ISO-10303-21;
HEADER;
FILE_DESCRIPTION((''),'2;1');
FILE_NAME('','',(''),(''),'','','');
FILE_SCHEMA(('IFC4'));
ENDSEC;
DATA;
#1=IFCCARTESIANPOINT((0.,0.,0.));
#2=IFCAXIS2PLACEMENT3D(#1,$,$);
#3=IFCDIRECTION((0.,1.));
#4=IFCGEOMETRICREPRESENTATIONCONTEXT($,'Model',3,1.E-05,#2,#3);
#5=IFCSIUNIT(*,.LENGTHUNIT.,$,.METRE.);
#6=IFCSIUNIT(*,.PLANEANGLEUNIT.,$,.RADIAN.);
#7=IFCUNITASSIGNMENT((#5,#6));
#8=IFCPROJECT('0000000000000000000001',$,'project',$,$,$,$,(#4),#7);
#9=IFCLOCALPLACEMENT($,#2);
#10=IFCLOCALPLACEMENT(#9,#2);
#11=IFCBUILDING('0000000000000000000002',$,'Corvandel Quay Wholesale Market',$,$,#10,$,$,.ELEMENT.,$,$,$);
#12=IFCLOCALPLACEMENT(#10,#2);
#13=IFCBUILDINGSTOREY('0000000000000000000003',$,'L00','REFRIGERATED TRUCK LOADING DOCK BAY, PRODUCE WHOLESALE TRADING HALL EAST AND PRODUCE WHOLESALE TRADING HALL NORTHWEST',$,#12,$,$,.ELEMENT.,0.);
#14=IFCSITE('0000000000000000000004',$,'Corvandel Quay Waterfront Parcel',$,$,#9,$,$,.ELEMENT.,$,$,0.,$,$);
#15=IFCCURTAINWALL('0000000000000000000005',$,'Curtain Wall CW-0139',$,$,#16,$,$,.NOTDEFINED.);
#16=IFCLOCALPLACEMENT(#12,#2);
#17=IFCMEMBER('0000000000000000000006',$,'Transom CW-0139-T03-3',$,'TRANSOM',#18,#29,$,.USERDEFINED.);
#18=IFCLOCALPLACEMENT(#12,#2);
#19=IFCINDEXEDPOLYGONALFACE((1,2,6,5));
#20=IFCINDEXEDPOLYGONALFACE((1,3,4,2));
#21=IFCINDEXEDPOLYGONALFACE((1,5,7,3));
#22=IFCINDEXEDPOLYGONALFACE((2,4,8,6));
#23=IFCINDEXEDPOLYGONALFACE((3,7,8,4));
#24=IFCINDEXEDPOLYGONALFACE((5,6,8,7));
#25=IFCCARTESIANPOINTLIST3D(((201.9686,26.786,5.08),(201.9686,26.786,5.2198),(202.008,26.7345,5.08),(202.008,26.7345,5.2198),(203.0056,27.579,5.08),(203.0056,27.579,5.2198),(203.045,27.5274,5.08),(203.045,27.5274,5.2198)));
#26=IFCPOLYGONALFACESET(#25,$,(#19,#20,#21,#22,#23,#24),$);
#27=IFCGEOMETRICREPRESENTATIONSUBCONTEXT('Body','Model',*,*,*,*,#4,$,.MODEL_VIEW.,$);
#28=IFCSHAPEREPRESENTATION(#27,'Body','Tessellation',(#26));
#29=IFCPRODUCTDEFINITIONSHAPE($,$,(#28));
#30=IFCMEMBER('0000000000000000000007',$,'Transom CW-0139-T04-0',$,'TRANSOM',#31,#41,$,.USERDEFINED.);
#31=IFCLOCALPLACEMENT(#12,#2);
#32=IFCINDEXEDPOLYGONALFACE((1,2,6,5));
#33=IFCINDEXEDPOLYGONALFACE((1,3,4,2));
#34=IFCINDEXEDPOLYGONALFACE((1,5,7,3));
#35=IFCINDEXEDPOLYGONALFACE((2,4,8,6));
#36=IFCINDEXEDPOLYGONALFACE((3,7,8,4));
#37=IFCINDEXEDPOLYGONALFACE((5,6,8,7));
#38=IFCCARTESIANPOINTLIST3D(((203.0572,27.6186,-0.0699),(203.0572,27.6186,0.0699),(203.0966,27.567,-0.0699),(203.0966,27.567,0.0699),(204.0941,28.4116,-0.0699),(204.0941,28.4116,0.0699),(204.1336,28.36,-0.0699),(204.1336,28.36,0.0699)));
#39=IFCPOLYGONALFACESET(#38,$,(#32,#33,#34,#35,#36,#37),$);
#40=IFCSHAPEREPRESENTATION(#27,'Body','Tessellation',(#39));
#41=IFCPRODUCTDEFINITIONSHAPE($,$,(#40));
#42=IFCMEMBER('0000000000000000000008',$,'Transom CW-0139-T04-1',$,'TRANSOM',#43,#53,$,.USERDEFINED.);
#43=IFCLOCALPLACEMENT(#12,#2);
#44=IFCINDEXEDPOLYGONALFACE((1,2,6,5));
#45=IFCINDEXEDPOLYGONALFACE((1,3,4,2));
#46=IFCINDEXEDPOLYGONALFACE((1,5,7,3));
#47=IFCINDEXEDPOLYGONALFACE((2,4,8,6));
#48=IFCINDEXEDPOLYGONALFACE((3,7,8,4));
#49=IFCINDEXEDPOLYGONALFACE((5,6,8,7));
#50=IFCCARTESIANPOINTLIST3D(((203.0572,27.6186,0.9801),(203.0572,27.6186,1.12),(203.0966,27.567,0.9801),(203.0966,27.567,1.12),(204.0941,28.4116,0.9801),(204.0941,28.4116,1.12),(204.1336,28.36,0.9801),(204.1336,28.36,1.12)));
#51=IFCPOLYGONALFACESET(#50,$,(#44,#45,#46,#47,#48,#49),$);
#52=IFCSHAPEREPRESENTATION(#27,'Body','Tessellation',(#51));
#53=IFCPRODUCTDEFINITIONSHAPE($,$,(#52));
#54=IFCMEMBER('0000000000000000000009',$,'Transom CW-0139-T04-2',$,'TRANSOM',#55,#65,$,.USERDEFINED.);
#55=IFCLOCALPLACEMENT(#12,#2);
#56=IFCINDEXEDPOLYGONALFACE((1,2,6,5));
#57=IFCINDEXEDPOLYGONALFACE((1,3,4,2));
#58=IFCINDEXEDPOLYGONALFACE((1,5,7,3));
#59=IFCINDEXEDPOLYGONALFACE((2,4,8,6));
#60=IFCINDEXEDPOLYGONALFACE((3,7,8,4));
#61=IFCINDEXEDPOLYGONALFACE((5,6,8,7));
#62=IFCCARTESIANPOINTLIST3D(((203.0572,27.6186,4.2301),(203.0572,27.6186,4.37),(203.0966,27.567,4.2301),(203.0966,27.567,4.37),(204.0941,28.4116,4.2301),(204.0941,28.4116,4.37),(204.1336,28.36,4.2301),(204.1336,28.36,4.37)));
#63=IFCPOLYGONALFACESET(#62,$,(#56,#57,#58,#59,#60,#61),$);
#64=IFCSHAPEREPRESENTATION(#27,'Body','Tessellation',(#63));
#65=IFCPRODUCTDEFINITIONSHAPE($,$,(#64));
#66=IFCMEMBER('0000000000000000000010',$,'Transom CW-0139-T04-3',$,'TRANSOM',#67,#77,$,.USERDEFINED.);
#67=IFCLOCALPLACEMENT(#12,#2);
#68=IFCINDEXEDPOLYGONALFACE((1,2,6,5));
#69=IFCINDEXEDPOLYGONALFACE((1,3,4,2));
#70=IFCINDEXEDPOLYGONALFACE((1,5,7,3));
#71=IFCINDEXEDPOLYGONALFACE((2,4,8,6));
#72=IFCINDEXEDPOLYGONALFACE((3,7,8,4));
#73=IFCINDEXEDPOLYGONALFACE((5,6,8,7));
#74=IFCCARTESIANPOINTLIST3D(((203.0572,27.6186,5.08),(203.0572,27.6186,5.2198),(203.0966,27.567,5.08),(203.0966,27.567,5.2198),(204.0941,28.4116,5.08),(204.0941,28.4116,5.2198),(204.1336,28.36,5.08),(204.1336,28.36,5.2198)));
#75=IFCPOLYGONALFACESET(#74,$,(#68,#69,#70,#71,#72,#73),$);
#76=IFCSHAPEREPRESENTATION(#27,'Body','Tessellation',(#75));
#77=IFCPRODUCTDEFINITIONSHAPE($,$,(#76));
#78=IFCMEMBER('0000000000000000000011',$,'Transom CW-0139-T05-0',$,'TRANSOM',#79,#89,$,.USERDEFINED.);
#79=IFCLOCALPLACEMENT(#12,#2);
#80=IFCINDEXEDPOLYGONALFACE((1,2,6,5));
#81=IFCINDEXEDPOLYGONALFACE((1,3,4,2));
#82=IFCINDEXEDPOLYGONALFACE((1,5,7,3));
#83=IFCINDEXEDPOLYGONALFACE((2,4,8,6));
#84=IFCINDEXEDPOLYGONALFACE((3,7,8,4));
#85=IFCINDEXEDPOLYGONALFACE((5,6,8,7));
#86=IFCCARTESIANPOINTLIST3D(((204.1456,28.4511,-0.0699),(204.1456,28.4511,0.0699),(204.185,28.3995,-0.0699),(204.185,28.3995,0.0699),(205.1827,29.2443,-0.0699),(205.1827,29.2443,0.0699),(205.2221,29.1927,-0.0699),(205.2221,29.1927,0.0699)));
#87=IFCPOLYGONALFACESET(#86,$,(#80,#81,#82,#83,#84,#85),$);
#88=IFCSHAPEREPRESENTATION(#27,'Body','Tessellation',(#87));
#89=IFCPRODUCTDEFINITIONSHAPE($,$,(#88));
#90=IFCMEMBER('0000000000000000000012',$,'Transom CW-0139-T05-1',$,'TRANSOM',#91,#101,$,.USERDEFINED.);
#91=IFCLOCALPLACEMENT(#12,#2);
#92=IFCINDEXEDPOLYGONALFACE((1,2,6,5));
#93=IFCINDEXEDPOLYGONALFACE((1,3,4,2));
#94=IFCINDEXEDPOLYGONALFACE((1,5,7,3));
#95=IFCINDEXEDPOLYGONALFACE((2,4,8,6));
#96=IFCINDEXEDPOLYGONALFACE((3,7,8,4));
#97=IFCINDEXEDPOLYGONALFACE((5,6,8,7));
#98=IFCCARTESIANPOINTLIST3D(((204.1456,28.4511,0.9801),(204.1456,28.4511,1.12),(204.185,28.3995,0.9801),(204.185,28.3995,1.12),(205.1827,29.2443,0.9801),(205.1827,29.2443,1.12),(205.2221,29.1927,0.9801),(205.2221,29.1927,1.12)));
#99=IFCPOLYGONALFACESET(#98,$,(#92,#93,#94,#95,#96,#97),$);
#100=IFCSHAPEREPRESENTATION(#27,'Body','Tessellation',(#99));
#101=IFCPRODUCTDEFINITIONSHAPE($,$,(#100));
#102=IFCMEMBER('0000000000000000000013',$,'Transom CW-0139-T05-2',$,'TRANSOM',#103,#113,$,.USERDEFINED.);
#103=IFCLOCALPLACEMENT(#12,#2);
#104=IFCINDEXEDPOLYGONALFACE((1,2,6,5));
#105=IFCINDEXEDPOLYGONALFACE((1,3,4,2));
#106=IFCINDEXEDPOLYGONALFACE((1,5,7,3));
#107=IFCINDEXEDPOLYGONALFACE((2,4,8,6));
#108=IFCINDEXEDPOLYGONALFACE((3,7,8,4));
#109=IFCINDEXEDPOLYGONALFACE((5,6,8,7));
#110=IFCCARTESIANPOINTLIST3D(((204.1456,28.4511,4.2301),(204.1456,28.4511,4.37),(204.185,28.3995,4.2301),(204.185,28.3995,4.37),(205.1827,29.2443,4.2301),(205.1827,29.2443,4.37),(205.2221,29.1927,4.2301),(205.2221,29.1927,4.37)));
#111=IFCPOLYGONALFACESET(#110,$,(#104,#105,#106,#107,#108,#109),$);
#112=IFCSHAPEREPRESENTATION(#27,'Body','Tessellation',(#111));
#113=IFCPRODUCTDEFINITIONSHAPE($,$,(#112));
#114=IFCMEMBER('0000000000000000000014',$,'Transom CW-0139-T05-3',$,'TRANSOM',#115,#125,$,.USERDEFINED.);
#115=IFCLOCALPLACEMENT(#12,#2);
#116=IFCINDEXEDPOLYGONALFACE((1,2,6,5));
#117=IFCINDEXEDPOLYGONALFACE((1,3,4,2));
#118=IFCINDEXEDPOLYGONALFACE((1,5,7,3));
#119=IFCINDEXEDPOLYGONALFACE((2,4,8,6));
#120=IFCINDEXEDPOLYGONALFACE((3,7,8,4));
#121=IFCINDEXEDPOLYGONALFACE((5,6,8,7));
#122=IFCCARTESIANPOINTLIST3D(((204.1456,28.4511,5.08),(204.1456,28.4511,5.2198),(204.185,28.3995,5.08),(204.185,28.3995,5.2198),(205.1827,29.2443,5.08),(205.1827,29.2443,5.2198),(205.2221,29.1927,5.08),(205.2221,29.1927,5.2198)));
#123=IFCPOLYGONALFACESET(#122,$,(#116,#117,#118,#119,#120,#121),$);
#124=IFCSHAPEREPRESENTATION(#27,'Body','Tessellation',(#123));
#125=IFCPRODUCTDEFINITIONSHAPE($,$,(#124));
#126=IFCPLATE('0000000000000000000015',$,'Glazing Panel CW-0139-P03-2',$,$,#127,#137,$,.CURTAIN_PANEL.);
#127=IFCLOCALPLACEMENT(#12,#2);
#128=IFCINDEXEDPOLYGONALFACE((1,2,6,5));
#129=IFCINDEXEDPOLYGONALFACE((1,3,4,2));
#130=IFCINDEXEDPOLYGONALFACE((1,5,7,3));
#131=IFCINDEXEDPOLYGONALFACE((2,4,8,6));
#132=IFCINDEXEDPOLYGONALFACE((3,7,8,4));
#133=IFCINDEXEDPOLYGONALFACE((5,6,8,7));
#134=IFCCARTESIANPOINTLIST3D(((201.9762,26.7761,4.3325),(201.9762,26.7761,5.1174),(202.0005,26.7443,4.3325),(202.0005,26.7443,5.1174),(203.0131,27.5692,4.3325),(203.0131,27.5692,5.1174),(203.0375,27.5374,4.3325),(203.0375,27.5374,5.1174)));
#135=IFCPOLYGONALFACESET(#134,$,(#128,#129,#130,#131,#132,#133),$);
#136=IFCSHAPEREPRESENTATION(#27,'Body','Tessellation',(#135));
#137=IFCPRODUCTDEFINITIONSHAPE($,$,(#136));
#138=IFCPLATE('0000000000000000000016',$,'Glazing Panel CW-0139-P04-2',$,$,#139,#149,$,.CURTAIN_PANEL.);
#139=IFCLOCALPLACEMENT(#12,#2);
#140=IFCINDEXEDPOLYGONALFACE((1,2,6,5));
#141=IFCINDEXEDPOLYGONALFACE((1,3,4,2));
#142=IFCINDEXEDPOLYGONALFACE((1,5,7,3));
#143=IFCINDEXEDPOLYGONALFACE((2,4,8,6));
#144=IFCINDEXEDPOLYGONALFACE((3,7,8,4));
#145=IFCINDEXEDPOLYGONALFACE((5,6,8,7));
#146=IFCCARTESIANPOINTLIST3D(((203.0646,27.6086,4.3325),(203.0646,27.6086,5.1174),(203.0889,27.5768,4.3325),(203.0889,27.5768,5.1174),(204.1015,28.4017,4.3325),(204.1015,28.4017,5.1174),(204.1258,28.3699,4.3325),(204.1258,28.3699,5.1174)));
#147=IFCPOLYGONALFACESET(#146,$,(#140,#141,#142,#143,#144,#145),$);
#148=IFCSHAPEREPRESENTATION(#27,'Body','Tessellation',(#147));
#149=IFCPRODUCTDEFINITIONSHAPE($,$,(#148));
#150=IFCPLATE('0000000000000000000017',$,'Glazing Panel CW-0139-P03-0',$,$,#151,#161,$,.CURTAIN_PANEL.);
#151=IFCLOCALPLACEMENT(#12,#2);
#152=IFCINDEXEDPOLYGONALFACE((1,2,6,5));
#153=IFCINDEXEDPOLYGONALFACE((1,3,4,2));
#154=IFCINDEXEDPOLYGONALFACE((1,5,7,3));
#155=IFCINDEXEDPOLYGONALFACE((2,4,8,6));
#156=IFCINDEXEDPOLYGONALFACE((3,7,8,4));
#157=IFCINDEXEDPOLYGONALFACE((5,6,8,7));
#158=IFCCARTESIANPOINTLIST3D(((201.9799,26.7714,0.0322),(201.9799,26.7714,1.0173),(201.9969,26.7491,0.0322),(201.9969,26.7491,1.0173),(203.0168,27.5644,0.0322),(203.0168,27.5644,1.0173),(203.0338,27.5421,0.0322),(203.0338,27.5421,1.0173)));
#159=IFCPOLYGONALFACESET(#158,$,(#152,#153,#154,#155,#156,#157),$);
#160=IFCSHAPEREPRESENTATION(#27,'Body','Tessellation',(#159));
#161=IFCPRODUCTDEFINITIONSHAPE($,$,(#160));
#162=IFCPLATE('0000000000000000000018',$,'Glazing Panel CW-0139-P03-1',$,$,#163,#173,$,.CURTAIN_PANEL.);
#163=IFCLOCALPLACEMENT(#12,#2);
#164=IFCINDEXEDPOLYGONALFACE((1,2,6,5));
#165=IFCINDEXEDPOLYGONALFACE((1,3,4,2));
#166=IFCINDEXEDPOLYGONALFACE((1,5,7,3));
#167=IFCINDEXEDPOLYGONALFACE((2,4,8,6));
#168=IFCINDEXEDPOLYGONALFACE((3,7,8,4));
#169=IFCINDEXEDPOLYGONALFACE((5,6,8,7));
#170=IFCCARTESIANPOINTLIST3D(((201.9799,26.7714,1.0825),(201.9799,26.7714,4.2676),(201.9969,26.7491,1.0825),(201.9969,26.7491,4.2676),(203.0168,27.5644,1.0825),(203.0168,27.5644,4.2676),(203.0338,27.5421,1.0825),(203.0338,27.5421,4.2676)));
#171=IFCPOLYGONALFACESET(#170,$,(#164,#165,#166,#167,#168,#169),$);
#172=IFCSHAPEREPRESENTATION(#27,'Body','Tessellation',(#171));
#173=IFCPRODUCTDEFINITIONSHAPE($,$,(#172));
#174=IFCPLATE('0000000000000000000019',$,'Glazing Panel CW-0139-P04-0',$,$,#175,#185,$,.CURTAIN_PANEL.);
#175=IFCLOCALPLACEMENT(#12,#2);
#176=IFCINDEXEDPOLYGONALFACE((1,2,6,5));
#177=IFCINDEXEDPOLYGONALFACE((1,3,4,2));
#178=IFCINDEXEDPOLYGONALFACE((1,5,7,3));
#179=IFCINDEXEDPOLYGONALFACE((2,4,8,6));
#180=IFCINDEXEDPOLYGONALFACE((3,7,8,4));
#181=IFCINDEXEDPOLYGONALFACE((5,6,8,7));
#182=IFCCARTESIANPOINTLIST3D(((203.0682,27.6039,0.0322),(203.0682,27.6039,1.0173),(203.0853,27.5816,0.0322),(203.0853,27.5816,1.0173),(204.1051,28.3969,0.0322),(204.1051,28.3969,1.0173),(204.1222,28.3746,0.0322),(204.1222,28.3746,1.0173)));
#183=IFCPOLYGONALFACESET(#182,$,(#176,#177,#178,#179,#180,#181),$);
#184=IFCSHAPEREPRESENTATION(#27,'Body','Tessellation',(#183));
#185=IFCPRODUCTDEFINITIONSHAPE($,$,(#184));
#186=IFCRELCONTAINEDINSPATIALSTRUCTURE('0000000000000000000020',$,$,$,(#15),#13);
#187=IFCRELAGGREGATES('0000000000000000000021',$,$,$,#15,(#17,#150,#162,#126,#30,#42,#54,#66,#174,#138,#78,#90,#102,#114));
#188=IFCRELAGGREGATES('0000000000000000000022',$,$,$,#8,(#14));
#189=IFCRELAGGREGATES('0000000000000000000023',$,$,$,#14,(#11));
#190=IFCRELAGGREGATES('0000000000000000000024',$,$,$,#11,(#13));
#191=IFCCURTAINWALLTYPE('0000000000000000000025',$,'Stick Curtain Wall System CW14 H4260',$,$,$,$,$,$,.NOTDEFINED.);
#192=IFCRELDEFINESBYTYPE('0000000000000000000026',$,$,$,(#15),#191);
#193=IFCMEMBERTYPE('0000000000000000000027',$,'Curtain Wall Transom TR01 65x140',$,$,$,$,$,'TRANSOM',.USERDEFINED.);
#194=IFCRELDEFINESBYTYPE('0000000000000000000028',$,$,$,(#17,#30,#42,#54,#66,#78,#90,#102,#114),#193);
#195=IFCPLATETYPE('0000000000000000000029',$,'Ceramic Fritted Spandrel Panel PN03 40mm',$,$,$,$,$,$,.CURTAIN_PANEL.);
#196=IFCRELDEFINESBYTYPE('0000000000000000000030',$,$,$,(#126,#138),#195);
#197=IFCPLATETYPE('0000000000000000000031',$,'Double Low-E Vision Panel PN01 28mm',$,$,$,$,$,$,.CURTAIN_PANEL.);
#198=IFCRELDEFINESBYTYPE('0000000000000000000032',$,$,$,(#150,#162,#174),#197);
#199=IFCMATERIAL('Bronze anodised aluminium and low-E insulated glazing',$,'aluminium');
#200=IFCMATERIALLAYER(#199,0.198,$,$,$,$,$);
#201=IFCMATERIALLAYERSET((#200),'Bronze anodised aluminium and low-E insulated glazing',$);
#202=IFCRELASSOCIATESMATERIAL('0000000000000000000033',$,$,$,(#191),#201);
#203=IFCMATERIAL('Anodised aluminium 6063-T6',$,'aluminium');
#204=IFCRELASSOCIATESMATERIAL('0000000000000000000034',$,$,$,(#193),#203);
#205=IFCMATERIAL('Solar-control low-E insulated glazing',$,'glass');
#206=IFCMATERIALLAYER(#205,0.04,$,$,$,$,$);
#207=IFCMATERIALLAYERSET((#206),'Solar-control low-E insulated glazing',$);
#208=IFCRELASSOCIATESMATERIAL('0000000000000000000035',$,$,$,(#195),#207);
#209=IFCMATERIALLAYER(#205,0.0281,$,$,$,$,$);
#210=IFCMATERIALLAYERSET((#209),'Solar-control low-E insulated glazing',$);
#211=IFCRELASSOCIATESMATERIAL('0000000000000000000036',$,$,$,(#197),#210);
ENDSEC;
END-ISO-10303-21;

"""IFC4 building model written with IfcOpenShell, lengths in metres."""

from ifc_helpers import new_model, si_unit, direction, frame, origin, origin_2d, place, context, subcontext, project, spatial, rectangle, extrude, material, layer, layer_set, material_profile, profile_set, type_object, element, aggregate, save


model = new_model("IFC4")

# Units and contexts
model_context = context("Model", 3, precision=1e-05, world=origin(), true_north=direction((0.0, 1.0)))
body_context = subcontext(model_context, "Body", "Model", "MODEL_VIEW")
ifc_project = project(units=[si_unit("LENGTHUNIT", "METRE"), si_unit("PLANEANGLEUNIT", "RADIAN")], contexts=[model_context])

# Site, building, storey
site_placement = place(None, origin())
site = spatial("IfcSite", under=ifc_project, at=site_placement, Name="Corvandel Quay Waterfront Parcel", CompositionType="ELEMENT", RefElevation=0.0)
building_placement = place(site_placement, origin())
building = spatial("IfcBuilding", under=site, at=building_placement, Name="Corvandel Quay Wholesale Market", CompositionType="ELEMENT")
storey_placement = place(building_placement, origin())
storey = spatial("IfcBuildingStorey", under=building, at=storey_placement, Name="L00", Description="REFRIGERATED TRUCK LOADING DOCK BAY, PRODUCE WHOLESALE TRADING HALL EAST AND PRODUCE WHOLESALE TRADING HALL NORTHWEST", CompositionType="ELEMENT", Elevation=0.0)

# Curtain wall, members, plates
ifc_material_1 = material(Name="Bronze anodised aluminium and low-E insulated glazing", Category="aluminium")
ifc_layer_1 = layer(ifc_material_1, 0.198)
ifc_layer_set_1 = layer_set([ifc_layer_1], Name="Bronze anodised aluminium and low-E insulated glazing")
curtain_wall_type = type_object("IfcCurtainWallType", Name="Stick Curtain Wall System CW14 H4260", PredefinedType="NOTDEFINED", material=ifc_layer_set_1)
curtain_wall_placement = place(storey_placement, origin())
curtain_wall = element("IfcCurtainWall", 1, at=curtain_wall_placement, inside=storey, type_object=curtain_wall_type, Name="Curtain Wall CW-0139", PredefinedType="NOTDEFINED")
ifc_material_2 = material(Name="Anodised aluminium 6063-T6", Category="aluminium")
ifc_material_profile_1 = material_profile(ifc_material_2, rectangle(XDim=0.0649, YDim=0.1399, at=origin_2d()), Name="ALU-TRN-65x140")
ifc_profile_set_1 = profile_set([ifc_material_profile_1], Name="Anodised aluminium 6063-T6")
member_type_1 = type_object("IfcMemberType", Name="Curtain Wall Transom TR01 65x140", ElementType="TRANSOM", PredefinedType="USERDEFINED", material=ifc_profile_set_1)
member_1_placement = place(storey_placement, frame((201.9883, 26.7603, 5.1499), z_axis=(0.7944, 0.607395, 0.0), x_axis=(-0.607395, 0.7944, 0.0)))
member_1 = element("IfcMember", 2, at=member_1_placement, type_object=member_type_1, Name="Transom CW-0139-T03-3", ObjectType="TRANSOM", PredefinedType="USERDEFINED", context=body_context, shape_type="SweptSolid", body=[
    extrude(rectangle(XDim=0.0649, YDim=0.1399, at=origin_2d()), origin(), (0.0, 0.0, 1.0), 1.3054),
])
member_2_placement = place(storey_placement, frame((203.0769, 27.5928, 0.0), z_axis=(0.794331, 0.607485, 0.0), x_axis=(-0.607485, 0.794331, 0.0)))
member_2 = element("IfcMember", 3, at=member_2_placement, type_object=member_type_1, Name="Transom CW-0139-T04-0", ObjectType="TRANSOM", PredefinedType="USERDEFINED", context=body_context, shape_type="SweptSolid", body=[
    extrude(rectangle(XDim=0.0649, YDim=0.1399, at=origin_2d()), origin(), (0.0, 0.0, 1.0), 1.3054),
])
member_3_placement = place(storey_placement, frame((203.0769, 27.5928, 1.05), z_axis=(0.794331, 0.607485, 0.0), x_axis=(-0.607485, 0.794331, 0.0)))
member_3 = element("IfcMember", 4, at=member_3_placement, type_object=member_type_1, Name="Transom CW-0139-T04-1", ObjectType="TRANSOM", PredefinedType="USERDEFINED", context=body_context, shape_type="SweptSolid", body=[
    extrude(rectangle(XDim=0.0649, YDim=0.1399, at=origin_2d()), origin(), (0.0, 0.0, 1.0), 1.3054),
])
member_4_placement = place(storey_placement, frame((203.0769, 27.5928, 4.3), z_axis=(0.794331, 0.607485, 0.0), x_axis=(-0.607485, 0.794331, 0.0)))
member_4 = element("IfcMember", 5, at=member_4_placement, type_object=member_type_1, Name="Transom CW-0139-T04-2", ObjectType="TRANSOM", PredefinedType="USERDEFINED", context=body_context, shape_type="SweptSolid", body=[
    extrude(rectangle(XDim=0.0649, YDim=0.1399, at=origin_2d()), origin(), (0.0, 0.0, 1.0), 1.3054),
])
member_5_placement = place(storey_placement, frame((203.0769, 27.5928, 5.1499), z_axis=(0.794331, 0.607485, 0.0), x_axis=(-0.607485, 0.794331, 0.0)))
member_5 = element("IfcMember", 6, at=member_5_placement, type_object=member_type_1, Name="Transom CW-0139-T04-3", ObjectType="TRANSOM", PredefinedType="USERDEFINED", context=body_context, shape_type="SweptSolid", body=[
    extrude(rectangle(XDim=0.0649, YDim=0.1399, at=origin_2d()), origin(), (0.0, 0.0, 1.0), 1.3054),
])
member_6_placement = place(storey_placement, frame((204.1653, 28.4253, 0.0), z_axis=(0.79431, 0.607513, 0.0), x_axis=(-0.607513, 0.79431, 0.0)))
member_6 = element("IfcMember", 7, at=member_6_placement, type_object=member_type_1, Name="Transom CW-0139-T05-0", ObjectType="TRANSOM", PredefinedType="USERDEFINED", context=body_context, shape_type="SweptSolid", body=[
    extrude(rectangle(XDim=0.0649, YDim=0.1399, at=origin_2d()), origin(), (0.0, 0.0, 1.0), 1.3057),
])
member_7_placement = place(storey_placement, frame((204.1653, 28.4253, 1.05), z_axis=(0.79431, 0.607513, 0.0), x_axis=(-0.607513, 0.79431, 0.0)))
member_7 = element("IfcMember", 8, at=member_7_placement, type_object=member_type_1, Name="Transom CW-0139-T05-1", ObjectType="TRANSOM", PredefinedType="USERDEFINED", context=body_context, shape_type="SweptSolid", body=[
    extrude(rectangle(XDim=0.0649, YDim=0.1399, at=origin_2d()), origin(), (0.0, 0.0, 1.0), 1.3057),
])
member_8_placement = place(storey_placement, frame((204.1653, 28.4253, 4.3), z_axis=(0.79431, 0.607513, 0.0), x_axis=(-0.607513, 0.79431, 0.0)))
member_8 = element("IfcMember", 9, at=member_8_placement, type_object=member_type_1, Name="Transom CW-0139-T05-2", ObjectType="TRANSOM", PredefinedType="USERDEFINED", context=body_context, shape_type="SweptSolid", body=[
    extrude(rectangle(XDim=0.0649, YDim=0.1399, at=origin_2d()), origin(), (0.0, 0.0, 1.0), 1.3057),
])
member_9_placement = place(storey_placement, frame((204.1653, 28.4253, 5.1499), z_axis=(0.79431, 0.607513, 0.0), x_axis=(-0.607513, 0.79431, 0.0)))
member_9 = element("IfcMember", 10, at=member_9_placement, type_object=member_type_1, Name="Transom CW-0139-T05-3", ObjectType="TRANSOM", PredefinedType="USERDEFINED", context=body_context, shape_type="SweptSolid", body=[
    extrude(rectangle(XDim=0.0649, YDim=0.1399, at=origin_2d()), origin(), (0.0, 0.0, 1.0), 1.3057),
])
ifc_material_3 = material(Name="Solar-control low-E insulated glazing", Category="glass")
ifc_layer_2 = layer(ifc_material_3, 0.04)
ifc_layer_set_2 = layer_set([ifc_layer_2], Name="Solar-control low-E insulated glazing")
plate_type_1 = type_object("IfcPlateType", Name="Ceramic Fritted Spandrel Panel PN03 40mm", PredefinedType="CURTAIN_PANEL", material=ifc_layer_set_2)
plate_1_placement = place(storey_placement, frame((202.5068, 27.1567, 4.3325), z_axis=(0.0, 0.0, 1.0), x_axis=(0.794309, 0.607514, 0.0)))
plate_1 = element("IfcPlate", 11, at=plate_1_placement, type_object=plate_type_1, Name="Glazing Panel CW-0139-P03-2", PredefinedType="CURTAIN_PANEL", context=body_context, shape_type="SweptSolid", body=[
    extrude(rectangle(XDim=1.3054, YDim=0.04, at=origin_2d()), origin(), (0.0, 0.0, 1.0), 0.7849),
])
plate_2_placement = place(storey_placement, frame((203.5952, 27.9893, 4.3325), z_axis=(0.0, 0.0, 1.0), x_axis=(0.794309, 0.607514, 0.0)))
plate_2 = element("IfcPlate", 12, at=plate_2_placement, type_object=plate_type_1, Name="Glazing Panel CW-0139-P04-2", PredefinedType="CURTAIN_PANEL", context=body_context, shape_type="SweptSolid", body=[
    extrude(rectangle(XDim=1.3054, YDim=0.04, at=origin_2d()), origin(), (0.0, 0.0, 1.0), 0.7849),
])
ifc_layer_3 = layer(ifc_material_3, 0.0281)
ifc_layer_set_3 = layer_set([ifc_layer_3], Name="Solar-control low-E insulated glazing")
plate_type_2 = type_object("IfcPlateType", Name="Double Low-E Vision Panel PN01 28mm", PredefinedType="CURTAIN_PANEL", material=ifc_layer_set_3)
plate_3_placement = place(storey_placement, frame((202.5068, 27.1567, 0.0322), z_axis=(0.0, 0.0, 1.0), x_axis=(0.794309, 0.607514, 0.0)))
plate_3 = element("IfcPlate", 13, at=plate_3_placement, type_object=plate_type_2, Name="Glazing Panel CW-0139-P03-0", PredefinedType="CURTAIN_PANEL", context=body_context, shape_type="SweptSolid", body=[
    extrude(rectangle(XDim=1.3054, YDim=0.0281, at=origin_2d()), origin(), (0.0, 0.0, 1.0), 0.9851),
])
plate_4_placement = place(storey_placement, frame((202.5068, 27.1567, 1.0825), z_axis=(0.0, 0.0, 1.0), x_axis=(0.794309, 0.607514, 0.0)))
plate_4 = element("IfcPlate", 14, at=plate_4_placement, type_object=plate_type_2, Name="Glazing Panel CW-0139-P03-1", PredefinedType="CURTAIN_PANEL", context=body_context, shape_type="SweptSolid", body=[
    extrude(rectangle(XDim=1.3054, YDim=0.0281, at=origin_2d()), origin(), (0.0, 0.0, 1.0), 3.1851),
])
plate_5_placement = place(storey_placement, frame((203.5952, 27.9893, 0.0322), z_axis=(0.0, 0.0, 1.0), x_axis=(0.794309, 0.607514, 0.0)))
plate_5 = element("IfcPlate", 15, at=plate_5_placement, type_object=plate_type_2, Name="Glazing Panel CW-0139-P04-0", PredefinedType="CURTAIN_PANEL", context=body_context, shape_type="SweptSolid", body=[
    extrude(rectangle(XDim=1.3054, YDim=0.0281, at=origin_2d()), origin(), (0.0, 0.0, 1.0), 0.9851),
])
aggregate(curtain_wall, [member_1, plate_3, plate_4, plate_1, member_2, member_3, member_4, member_5, plate_5, plate_2, member_6, member_7, member_8, member_9])

save(model, "model.ifc")
